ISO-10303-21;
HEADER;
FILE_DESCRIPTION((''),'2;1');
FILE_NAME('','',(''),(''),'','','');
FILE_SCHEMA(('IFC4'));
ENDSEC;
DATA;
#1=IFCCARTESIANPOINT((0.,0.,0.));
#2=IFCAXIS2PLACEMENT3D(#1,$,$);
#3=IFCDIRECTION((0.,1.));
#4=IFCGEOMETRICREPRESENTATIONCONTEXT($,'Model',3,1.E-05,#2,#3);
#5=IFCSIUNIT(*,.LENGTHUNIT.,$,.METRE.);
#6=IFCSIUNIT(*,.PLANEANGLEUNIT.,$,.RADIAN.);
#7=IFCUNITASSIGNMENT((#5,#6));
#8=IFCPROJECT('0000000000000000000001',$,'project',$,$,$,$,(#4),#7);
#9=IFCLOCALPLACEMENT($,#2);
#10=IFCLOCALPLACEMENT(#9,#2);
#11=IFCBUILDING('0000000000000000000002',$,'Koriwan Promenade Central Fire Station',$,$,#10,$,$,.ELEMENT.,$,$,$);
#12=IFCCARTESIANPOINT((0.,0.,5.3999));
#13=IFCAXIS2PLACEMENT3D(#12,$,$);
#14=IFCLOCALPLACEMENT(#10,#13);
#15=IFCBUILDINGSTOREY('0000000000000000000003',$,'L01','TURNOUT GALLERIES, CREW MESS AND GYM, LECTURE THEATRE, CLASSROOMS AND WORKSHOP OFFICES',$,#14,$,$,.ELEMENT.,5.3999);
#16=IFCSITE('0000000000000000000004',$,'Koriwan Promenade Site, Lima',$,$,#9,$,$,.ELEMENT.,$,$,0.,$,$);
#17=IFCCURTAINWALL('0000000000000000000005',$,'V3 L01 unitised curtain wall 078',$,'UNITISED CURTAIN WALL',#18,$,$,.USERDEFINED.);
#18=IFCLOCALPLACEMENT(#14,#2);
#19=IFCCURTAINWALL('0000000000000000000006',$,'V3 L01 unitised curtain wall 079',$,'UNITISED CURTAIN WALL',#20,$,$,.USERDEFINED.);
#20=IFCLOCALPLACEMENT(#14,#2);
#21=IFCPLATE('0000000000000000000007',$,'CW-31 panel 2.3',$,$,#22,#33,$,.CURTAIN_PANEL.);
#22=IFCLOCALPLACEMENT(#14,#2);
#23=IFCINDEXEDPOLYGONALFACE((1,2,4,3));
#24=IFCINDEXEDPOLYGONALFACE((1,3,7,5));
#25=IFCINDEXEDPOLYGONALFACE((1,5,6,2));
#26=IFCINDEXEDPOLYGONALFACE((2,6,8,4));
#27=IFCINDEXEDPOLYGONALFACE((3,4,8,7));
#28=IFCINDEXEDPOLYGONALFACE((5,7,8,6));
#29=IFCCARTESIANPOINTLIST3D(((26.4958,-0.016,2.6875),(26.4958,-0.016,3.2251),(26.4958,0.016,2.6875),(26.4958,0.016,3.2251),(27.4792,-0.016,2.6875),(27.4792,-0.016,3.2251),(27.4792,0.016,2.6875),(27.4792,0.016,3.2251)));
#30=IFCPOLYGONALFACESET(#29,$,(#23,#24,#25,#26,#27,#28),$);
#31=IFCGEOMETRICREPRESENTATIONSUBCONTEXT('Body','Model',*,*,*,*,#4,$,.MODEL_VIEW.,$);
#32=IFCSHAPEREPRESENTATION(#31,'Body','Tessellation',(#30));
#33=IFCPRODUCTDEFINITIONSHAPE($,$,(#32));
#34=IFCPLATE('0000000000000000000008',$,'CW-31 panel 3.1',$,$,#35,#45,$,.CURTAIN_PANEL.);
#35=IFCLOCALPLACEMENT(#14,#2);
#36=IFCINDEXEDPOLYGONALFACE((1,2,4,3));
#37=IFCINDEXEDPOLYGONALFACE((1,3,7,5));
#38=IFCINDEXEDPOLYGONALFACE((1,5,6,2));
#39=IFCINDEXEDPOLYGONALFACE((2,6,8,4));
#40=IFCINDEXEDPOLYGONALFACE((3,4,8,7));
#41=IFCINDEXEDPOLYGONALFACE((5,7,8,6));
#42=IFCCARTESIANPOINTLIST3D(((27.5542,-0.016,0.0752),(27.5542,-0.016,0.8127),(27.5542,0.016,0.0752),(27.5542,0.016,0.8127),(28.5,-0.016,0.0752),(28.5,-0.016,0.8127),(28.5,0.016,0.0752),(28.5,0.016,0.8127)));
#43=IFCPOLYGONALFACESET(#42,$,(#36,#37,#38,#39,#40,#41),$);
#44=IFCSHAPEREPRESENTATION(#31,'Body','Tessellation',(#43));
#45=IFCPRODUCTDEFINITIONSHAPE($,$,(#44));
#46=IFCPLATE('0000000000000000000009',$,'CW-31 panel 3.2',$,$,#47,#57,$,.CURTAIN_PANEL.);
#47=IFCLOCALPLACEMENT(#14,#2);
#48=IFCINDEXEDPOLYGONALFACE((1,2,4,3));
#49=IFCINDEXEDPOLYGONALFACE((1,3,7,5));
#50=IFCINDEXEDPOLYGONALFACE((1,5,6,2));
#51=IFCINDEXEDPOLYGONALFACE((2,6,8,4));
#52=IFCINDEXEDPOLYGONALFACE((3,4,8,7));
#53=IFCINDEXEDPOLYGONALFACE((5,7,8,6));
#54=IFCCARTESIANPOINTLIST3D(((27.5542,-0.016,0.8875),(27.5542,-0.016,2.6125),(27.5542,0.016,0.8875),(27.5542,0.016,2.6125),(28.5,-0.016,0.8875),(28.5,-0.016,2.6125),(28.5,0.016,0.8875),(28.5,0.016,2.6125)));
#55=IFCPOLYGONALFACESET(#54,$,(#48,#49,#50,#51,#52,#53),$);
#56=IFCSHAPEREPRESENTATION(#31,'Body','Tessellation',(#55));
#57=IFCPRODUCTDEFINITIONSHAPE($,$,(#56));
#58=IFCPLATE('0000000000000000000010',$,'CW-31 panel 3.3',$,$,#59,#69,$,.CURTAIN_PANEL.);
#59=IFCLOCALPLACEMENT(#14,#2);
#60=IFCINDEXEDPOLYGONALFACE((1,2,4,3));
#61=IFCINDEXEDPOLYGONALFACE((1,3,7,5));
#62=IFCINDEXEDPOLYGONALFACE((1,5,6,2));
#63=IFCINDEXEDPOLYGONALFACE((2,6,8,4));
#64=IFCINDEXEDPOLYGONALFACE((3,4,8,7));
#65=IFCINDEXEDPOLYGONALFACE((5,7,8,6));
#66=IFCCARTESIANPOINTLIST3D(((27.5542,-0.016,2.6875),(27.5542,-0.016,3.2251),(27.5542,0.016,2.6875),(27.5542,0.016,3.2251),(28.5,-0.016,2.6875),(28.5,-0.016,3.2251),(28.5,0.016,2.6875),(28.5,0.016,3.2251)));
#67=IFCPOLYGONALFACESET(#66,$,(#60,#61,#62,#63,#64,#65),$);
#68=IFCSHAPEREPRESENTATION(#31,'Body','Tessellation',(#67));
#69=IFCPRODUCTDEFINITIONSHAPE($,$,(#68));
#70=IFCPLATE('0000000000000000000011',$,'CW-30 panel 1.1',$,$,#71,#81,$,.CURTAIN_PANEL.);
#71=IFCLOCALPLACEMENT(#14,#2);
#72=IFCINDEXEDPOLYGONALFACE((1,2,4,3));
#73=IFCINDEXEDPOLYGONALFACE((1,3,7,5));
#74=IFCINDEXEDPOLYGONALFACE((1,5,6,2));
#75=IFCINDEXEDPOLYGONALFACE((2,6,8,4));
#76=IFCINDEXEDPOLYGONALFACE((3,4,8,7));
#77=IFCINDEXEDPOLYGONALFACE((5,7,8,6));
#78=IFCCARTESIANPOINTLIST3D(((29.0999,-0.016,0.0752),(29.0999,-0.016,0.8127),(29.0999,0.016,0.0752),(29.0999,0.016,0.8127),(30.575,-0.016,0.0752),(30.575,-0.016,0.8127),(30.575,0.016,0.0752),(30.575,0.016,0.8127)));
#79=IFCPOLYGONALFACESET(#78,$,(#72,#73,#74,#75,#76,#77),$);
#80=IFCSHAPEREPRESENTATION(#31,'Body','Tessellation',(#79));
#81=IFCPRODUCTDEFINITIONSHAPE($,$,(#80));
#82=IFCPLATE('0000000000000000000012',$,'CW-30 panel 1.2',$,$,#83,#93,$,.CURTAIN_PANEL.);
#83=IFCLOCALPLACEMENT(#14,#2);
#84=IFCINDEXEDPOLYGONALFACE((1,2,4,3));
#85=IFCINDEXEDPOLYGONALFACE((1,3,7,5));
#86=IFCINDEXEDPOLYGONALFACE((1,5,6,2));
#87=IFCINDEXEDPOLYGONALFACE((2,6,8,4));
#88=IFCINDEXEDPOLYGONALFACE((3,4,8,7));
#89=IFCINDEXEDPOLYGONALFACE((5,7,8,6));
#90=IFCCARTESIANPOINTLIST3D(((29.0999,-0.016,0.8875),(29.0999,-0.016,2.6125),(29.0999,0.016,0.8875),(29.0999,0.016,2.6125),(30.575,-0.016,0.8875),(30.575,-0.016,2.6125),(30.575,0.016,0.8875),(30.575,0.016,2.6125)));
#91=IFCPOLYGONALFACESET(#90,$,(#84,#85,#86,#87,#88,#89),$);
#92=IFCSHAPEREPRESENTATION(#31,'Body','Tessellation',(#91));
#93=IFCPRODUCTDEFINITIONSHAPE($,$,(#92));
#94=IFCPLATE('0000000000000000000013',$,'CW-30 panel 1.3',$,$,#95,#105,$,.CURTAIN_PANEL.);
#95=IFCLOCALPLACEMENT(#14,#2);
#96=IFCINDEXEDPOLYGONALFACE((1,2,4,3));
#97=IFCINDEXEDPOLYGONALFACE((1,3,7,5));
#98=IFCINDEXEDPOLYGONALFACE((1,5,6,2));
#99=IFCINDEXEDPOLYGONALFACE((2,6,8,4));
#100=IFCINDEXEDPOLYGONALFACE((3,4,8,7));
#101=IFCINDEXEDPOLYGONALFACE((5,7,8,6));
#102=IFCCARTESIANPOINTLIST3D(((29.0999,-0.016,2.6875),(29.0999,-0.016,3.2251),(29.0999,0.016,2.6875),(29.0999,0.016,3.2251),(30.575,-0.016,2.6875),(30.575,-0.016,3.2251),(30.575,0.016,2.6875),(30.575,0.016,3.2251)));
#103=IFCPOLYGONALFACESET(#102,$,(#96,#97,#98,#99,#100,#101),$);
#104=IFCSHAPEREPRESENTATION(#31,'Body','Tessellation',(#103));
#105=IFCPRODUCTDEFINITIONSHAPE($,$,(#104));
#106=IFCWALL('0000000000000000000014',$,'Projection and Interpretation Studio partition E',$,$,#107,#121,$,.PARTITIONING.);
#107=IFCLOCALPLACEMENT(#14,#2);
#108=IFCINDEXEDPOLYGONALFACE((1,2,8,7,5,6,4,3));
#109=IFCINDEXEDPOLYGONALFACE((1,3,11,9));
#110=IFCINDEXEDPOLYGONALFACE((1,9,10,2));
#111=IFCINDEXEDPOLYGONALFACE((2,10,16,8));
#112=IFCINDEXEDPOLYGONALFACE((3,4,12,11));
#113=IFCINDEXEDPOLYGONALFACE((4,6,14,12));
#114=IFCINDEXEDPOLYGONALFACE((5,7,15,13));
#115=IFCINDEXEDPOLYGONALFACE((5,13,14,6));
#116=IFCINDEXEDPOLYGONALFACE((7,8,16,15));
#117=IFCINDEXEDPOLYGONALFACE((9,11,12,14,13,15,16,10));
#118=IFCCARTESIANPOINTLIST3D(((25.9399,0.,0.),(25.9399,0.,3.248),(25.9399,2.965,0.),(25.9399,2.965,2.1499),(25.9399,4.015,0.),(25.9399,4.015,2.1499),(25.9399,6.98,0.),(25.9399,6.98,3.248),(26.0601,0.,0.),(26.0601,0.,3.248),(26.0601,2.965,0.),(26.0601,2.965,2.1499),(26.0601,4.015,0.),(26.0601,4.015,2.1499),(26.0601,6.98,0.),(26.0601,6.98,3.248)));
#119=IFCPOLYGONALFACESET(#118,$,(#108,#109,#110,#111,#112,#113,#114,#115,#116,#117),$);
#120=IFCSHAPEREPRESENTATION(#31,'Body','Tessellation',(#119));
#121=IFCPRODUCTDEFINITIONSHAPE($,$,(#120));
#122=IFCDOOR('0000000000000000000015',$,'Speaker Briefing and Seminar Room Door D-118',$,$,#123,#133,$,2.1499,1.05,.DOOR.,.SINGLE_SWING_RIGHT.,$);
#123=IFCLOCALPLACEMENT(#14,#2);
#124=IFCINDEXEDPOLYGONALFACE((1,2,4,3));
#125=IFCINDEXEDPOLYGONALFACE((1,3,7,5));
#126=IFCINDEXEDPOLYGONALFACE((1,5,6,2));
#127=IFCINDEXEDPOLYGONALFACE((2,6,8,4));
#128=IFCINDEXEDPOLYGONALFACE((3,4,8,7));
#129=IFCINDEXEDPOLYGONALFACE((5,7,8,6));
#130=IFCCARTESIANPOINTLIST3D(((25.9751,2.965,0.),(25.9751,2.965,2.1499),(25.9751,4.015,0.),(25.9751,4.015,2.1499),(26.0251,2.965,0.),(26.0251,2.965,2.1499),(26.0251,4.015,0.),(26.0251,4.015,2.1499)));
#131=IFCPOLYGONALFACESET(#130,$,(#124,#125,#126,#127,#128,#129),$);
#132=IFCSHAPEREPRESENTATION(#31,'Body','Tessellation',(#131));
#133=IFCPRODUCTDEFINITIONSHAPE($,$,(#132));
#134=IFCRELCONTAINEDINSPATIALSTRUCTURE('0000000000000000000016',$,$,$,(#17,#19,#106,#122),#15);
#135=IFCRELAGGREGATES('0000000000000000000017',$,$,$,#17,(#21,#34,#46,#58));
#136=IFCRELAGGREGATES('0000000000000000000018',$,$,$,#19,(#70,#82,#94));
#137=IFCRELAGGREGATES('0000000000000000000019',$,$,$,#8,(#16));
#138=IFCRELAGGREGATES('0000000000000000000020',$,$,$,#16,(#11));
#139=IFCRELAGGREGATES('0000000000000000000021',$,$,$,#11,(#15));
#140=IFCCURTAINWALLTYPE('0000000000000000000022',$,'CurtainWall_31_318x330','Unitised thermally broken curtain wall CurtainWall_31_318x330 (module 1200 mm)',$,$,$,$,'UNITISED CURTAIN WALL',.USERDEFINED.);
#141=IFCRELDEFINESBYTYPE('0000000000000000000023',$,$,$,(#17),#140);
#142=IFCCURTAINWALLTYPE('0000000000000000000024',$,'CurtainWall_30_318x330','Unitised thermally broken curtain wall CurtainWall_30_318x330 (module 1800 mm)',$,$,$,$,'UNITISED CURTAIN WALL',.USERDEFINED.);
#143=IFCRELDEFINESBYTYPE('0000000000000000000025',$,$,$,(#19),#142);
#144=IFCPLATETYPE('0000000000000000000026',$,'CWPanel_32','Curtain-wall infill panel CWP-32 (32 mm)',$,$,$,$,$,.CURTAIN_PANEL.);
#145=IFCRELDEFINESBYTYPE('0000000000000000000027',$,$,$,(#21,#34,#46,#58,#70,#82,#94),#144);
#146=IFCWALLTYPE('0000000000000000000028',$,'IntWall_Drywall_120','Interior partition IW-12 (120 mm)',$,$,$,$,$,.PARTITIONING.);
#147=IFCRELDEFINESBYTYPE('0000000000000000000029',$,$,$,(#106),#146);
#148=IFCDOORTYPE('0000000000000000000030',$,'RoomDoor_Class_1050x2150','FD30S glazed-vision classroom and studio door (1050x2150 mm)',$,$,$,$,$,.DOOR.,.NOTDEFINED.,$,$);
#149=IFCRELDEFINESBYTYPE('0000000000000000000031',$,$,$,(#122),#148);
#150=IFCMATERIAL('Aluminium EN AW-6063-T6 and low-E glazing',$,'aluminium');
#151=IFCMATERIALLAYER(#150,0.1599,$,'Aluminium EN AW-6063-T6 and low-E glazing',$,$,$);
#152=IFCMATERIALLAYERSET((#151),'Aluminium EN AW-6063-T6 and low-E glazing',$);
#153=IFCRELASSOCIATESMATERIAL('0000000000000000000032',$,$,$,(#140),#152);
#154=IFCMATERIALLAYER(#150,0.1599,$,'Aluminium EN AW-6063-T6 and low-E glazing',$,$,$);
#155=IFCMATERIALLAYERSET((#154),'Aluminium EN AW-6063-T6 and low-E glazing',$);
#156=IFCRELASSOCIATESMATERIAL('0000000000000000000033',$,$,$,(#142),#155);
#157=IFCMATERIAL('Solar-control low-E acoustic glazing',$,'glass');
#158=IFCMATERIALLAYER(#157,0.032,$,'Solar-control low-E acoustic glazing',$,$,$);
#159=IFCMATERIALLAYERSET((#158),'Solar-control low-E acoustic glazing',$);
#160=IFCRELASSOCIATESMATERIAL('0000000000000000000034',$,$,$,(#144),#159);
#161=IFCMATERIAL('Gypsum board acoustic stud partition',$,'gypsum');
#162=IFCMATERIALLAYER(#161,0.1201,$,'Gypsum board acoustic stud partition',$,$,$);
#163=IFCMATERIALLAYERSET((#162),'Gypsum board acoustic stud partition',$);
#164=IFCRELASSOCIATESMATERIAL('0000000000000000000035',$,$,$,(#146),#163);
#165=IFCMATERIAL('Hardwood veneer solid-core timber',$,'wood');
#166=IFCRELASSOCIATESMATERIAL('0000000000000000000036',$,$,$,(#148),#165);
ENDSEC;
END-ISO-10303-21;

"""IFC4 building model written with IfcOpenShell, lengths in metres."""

from ifc_helpers import new_model, si_unit, direction, frame, frame_2d, origin, origin_2d, place, context, subcontext, project, spatial, rectangle, extrude, material, layer, layer_set, type_object, element, fill, aggregate, save


model = new_model("IFC4")

# Units and contexts
model_context = context("Model", 3, precision=1e-05, world=origin(), true_north=direction((0.0, 1.0)))
body_context = subcontext(model_context, "Body", "Model", "MODEL_VIEW")
ifc_project = project(units=[si_unit("LENGTHUNIT", "METRE"), si_unit("PLANEANGLEUNIT", "RADIAN")], contexts=[model_context])

# Site, building, storey
site_placement = place(None, origin())
site = spatial("IfcSite", under=ifc_project, at=site_placement, Name="Koriwan Promenade Site, Lima", CompositionType="ELEMENT", RefElevation=0.0)
building_placement = place(site_placement, origin())
building = spatial("IfcBuilding", under=site, at=building_placement, Name="Koriwan Promenade Central Fire Station", CompositionType="ELEMENT")
storey_placement = place(building_placement, frame((0.0, 0.0, 5.3999)))
storey = spatial("IfcBuildingStorey", under=building, at=storey_placement, Name="L01", Description="TURNOUT GALLERIES, CREW MESS AND GYM, LECTURE THEATRE, CLASSROOMS AND WORKSHOP OFFICES", CompositionType="ELEMENT", Elevation=5.3999)

# Curtain walls
ifc_material_1 = material(Name="Aluminium EN AW-6063-T6 and low-E glazing", Category="aluminium")
ifc_layer_1 = layer(ifc_material_1, 0.1599, Name="Aluminium EN AW-6063-T6 and low-E glazing")
ifc_layer_set_1 = layer_set([ifc_layer_1], Name="Aluminium EN AW-6063-T6 and low-E glazing")
curtain_wall_type_1 = type_object("IfcCurtainWallType", Name="CurtainWall_31_318x330", Description="Unitised thermally broken curtain wall CurtainWall_31_318x330 (module 1200 mm)", ElementType="UNITISED CURTAIN WALL", PredefinedType="USERDEFINED", material=ifc_layer_set_1)
curtain_wall_1_placement = place(storey_placement, origin())
curtain_wall_1 = element("IfcCurtainWall", 1, at=curtain_wall_1_placement, inside=storey, type_object=curtain_wall_type_1, Name="V3 L01 unitised curtain wall 078", ObjectType="UNITISED CURTAIN WALL", PredefinedType="USERDEFINED")
ifc_layer_2 = layer(ifc_material_1, 0.1599, Name="Aluminium EN AW-6063-T6 and low-E glazing")
ifc_layer_set_2 = layer_set([ifc_layer_2], Name="Aluminium EN AW-6063-T6 and low-E glazing")
curtain_wall_type_2 = type_object("IfcCurtainWallType", Name="CurtainWall_30_318x330", Description="Unitised thermally broken curtain wall CurtainWall_30_318x330 (module 1800 mm)", ElementType="UNITISED CURTAIN WALL", PredefinedType="USERDEFINED", material=ifc_layer_set_2)
curtain_wall_2_placement = place(storey_placement, origin())
curtain_wall_2 = element("IfcCurtainWall", 2, at=curtain_wall_2_placement, inside=storey, type_object=curtain_wall_type_2, Name="V3 L01 unitised curtain wall 079", ObjectType="UNITISED CURTAIN WALL", PredefinedType="USERDEFINED")

# Plates
ifc_material_2 = material(Name="Solar-control low-E acoustic glazing", Category="glass")
ifc_layer_3 = layer(ifc_material_2, 0.032, Name="Solar-control low-E acoustic glazing")
ifc_layer_set_3 = layer_set([ifc_layer_3], Name="Solar-control low-E acoustic glazing")
plate_type = type_object("IfcPlateType", Name="CWPanel_32", Description="Curtain-wall infill panel CWP-32 (32 mm)", PredefinedType="CURTAIN_PANEL", material=ifc_layer_set_3)
plate_1_placement = place(storey_placement, frame((26.9875, 0.0, 2.6875), z_axis=(0.0, 0.0, 1.0), x_axis=(1.0, 0.0, 0.0)))
plate_1 = element("IfcPlate", 3, at=plate_1_placement, type_object=plate_type, Name="CW-31 panel 2.3", PredefinedType="CURTAIN_PANEL", context=body_context, shape_type="SweptSolid", body=[
    extrude(rectangle(XDim=0.9834, YDim=0.032, at=origin_2d()), origin(), (0.0, 0.0, 1.0), 0.5376),
])
plate_2_placement = place(storey_placement, frame((28.0271, 0.0, 0.0752), z_axis=(0.0, 0.0, 1.0), x_axis=(1.0, 0.0, 0.0)))
plate_2 = element("IfcPlate", 4, at=plate_2_placement, type_object=plate_type, Name="CW-31 panel 3.1", PredefinedType="CURTAIN_PANEL", context=body_context, shape_type="SweptSolid", body=[
    extrude(rectangle(XDim=0.9458, YDim=0.032, at=origin_2d()), origin(), (0.0, 0.0, 1.0), 0.7375),
])
plate_3_placement = place(storey_placement, frame((28.0271, 0.0, 0.8875), z_axis=(0.0, 0.0, 1.0), x_axis=(1.0, 0.0, 0.0)))
plate_3 = element("IfcPlate", 5, at=plate_3_placement, type_object=plate_type, Name="CW-31 panel 3.2", PredefinedType="CURTAIN_PANEL", context=body_context, shape_type="SweptSolid", body=[
    extrude(rectangle(XDim=0.9458, YDim=0.032, at=origin_2d()), origin(), (0.0, 0.0, 1.0), 1.7251),
])
plate_4_placement = place(storey_placement, frame((28.0271, 0.0, 2.6875), z_axis=(0.0, 0.0, 1.0), x_axis=(1.0, 0.0, 0.0)))
plate_4 = element("IfcPlate", 6, at=plate_4_placement, type_object=plate_type, Name="CW-31 panel 3.3", PredefinedType="CURTAIN_PANEL", context=body_context, shape_type="SweptSolid", body=[
    extrude(rectangle(XDim=0.9458, YDim=0.032, at=origin_2d()), origin(), (0.0, 0.0, 1.0), 0.5376),
])
aggregate(curtain_wall_1, [plate_1, plate_2, plate_3, plate_4])
plate_5_placement = place(storey_placement, frame((29.8374, 0.0, 0.0752), z_axis=(0.0, 0.0, 1.0), x_axis=(1.0, 0.0, 0.0)))
plate_5 = element("IfcPlate", 7, at=plate_5_placement, type_object=plate_type, Name="CW-30 panel 1.1", PredefinedType="CURTAIN_PANEL", context=body_context, shape_type="SweptSolid", body=[
    extrude(rectangle(XDim=1.4751, YDim=0.032, at=origin_2d()), origin(), (0.0, 0.0, 1.0), 0.7375),
])
plate_6_placement = place(storey_placement, frame((29.8374, 0.0, 0.8875), z_axis=(0.0, 0.0, 1.0), x_axis=(1.0, 0.0, 0.0)))
plate_6 = element("IfcPlate", 8, at=plate_6_placement, type_object=plate_type, Name="CW-30 panel 1.2", PredefinedType="CURTAIN_PANEL", context=body_context, shape_type="SweptSolid", body=[
    extrude(rectangle(XDim=1.4751, YDim=0.032, at=origin_2d()), origin(), (0.0, 0.0, 1.0), 1.7251),
])
plate_7_placement = place(storey_placement, frame((29.8374, 0.0, 2.6875), z_axis=(0.0, 0.0, 1.0), x_axis=(1.0, 0.0, 0.0)))
plate_7 = element("IfcPlate", 9, at=plate_7_placement, type_object=plate_type, Name="CW-30 panel 1.3", PredefinedType="CURTAIN_PANEL", context=body_context, shape_type="SweptSolid", body=[
    extrude(rectangle(XDim=1.4751, YDim=0.032, at=origin_2d()), origin(), (0.0, 0.0, 1.0), 0.5376),
])
aggregate(curtain_wall_2, [plate_5, plate_6, plate_7])

# Wall, opening, door
ifc_material_3 = material(Name="Gypsum board acoustic stud partition", Category="gypsum")
ifc_layer_4 = layer(ifc_material_3, 0.1201, Name="Gypsum board acoustic stud partition")
ifc_layer_set_4 = layer_set([ifc_layer_4], Name="Gypsum board acoustic stud partition")
wall_type = type_object("IfcWallType", Name="IntWall_Drywall_120", Description="Interior partition IW-12 (120 mm)", PredefinedType="PARTITIONING", material=ifc_layer_set_4)
wall_placement = place(storey_placement, frame((26.0, 0.0, 0.0), z_axis=(0.0, 0.0, 1.0), x_axis=(0.0, 1.0, 0.0)))
wall = element("IfcWall", 10, at=wall_placement, inside=storey, type_object=wall_type, Name="Projection and Interpretation Studio partition E", PredefinedType="PARTITIONING", context=body_context, shape_type="SweptSolid", body=[
    extrude(rectangle(XDim=6.98, YDim=0.1201, at=frame_2d((3.49, 0.0))), origin(), (0.0, 0.0, 1.0), 3.248),
])
opening_placement = place(wall_placement, frame((2.9651, 0.0, 0.0)))
opening = element("IfcOpeningElement", 11, at=opening_placement, cuts=wall, PredefinedType="OPENING", context=body_context, shape_type="SweptSolid", body=[
    extrude(rectangle(XDim=1.05, YDim=2.1499, at=frame_2d((0.5249, 1.075))), frame((0.0, 0.072, 0.0), z_axis=(0.0, -1.0, 0.0), x_axis=(1.0, 0.0, 0.0)), (0.0, 0.0, 1.0), 0.144),
])
ifc_material_4 = material(Name="Hardwood veneer solid-core timber", Category="wood")
door_type = type_object("IfcDoorType", Name="RoomDoor_Class_1050x2150", Description="FD30S glazed-vision classroom and studio door (1050x2150 mm)", OperationType="NOTDEFINED", PredefinedType="DOOR", material=ifc_material_4)
door_placement = place(opening_placement, origin())
door = element("IfcDoor", 12, at=door_placement, inside=storey, type_object=door_type, Name="Speaker Briefing and Seminar Room Door D-118", OperationType="SINGLE_SWING_RIGHT", OverallHeight=2.1499, OverallWidth=1.05, PredefinedType="DOOR", context=body_context, shape_type="SweptSolid", body=[
    extrude(rectangle(XDim=1.05, YDim=2.1499, at=frame_2d((0.5249, 1.075))), frame((0.0, 0.0249, 0.0), z_axis=(0.0, -1.0, 0.0), x_axis=(1.0, 0.0, 0.0)), (0.0, 0.0, 1.0), 0.05),
])
fill(opening, door)

save(model, "model.ifc")
